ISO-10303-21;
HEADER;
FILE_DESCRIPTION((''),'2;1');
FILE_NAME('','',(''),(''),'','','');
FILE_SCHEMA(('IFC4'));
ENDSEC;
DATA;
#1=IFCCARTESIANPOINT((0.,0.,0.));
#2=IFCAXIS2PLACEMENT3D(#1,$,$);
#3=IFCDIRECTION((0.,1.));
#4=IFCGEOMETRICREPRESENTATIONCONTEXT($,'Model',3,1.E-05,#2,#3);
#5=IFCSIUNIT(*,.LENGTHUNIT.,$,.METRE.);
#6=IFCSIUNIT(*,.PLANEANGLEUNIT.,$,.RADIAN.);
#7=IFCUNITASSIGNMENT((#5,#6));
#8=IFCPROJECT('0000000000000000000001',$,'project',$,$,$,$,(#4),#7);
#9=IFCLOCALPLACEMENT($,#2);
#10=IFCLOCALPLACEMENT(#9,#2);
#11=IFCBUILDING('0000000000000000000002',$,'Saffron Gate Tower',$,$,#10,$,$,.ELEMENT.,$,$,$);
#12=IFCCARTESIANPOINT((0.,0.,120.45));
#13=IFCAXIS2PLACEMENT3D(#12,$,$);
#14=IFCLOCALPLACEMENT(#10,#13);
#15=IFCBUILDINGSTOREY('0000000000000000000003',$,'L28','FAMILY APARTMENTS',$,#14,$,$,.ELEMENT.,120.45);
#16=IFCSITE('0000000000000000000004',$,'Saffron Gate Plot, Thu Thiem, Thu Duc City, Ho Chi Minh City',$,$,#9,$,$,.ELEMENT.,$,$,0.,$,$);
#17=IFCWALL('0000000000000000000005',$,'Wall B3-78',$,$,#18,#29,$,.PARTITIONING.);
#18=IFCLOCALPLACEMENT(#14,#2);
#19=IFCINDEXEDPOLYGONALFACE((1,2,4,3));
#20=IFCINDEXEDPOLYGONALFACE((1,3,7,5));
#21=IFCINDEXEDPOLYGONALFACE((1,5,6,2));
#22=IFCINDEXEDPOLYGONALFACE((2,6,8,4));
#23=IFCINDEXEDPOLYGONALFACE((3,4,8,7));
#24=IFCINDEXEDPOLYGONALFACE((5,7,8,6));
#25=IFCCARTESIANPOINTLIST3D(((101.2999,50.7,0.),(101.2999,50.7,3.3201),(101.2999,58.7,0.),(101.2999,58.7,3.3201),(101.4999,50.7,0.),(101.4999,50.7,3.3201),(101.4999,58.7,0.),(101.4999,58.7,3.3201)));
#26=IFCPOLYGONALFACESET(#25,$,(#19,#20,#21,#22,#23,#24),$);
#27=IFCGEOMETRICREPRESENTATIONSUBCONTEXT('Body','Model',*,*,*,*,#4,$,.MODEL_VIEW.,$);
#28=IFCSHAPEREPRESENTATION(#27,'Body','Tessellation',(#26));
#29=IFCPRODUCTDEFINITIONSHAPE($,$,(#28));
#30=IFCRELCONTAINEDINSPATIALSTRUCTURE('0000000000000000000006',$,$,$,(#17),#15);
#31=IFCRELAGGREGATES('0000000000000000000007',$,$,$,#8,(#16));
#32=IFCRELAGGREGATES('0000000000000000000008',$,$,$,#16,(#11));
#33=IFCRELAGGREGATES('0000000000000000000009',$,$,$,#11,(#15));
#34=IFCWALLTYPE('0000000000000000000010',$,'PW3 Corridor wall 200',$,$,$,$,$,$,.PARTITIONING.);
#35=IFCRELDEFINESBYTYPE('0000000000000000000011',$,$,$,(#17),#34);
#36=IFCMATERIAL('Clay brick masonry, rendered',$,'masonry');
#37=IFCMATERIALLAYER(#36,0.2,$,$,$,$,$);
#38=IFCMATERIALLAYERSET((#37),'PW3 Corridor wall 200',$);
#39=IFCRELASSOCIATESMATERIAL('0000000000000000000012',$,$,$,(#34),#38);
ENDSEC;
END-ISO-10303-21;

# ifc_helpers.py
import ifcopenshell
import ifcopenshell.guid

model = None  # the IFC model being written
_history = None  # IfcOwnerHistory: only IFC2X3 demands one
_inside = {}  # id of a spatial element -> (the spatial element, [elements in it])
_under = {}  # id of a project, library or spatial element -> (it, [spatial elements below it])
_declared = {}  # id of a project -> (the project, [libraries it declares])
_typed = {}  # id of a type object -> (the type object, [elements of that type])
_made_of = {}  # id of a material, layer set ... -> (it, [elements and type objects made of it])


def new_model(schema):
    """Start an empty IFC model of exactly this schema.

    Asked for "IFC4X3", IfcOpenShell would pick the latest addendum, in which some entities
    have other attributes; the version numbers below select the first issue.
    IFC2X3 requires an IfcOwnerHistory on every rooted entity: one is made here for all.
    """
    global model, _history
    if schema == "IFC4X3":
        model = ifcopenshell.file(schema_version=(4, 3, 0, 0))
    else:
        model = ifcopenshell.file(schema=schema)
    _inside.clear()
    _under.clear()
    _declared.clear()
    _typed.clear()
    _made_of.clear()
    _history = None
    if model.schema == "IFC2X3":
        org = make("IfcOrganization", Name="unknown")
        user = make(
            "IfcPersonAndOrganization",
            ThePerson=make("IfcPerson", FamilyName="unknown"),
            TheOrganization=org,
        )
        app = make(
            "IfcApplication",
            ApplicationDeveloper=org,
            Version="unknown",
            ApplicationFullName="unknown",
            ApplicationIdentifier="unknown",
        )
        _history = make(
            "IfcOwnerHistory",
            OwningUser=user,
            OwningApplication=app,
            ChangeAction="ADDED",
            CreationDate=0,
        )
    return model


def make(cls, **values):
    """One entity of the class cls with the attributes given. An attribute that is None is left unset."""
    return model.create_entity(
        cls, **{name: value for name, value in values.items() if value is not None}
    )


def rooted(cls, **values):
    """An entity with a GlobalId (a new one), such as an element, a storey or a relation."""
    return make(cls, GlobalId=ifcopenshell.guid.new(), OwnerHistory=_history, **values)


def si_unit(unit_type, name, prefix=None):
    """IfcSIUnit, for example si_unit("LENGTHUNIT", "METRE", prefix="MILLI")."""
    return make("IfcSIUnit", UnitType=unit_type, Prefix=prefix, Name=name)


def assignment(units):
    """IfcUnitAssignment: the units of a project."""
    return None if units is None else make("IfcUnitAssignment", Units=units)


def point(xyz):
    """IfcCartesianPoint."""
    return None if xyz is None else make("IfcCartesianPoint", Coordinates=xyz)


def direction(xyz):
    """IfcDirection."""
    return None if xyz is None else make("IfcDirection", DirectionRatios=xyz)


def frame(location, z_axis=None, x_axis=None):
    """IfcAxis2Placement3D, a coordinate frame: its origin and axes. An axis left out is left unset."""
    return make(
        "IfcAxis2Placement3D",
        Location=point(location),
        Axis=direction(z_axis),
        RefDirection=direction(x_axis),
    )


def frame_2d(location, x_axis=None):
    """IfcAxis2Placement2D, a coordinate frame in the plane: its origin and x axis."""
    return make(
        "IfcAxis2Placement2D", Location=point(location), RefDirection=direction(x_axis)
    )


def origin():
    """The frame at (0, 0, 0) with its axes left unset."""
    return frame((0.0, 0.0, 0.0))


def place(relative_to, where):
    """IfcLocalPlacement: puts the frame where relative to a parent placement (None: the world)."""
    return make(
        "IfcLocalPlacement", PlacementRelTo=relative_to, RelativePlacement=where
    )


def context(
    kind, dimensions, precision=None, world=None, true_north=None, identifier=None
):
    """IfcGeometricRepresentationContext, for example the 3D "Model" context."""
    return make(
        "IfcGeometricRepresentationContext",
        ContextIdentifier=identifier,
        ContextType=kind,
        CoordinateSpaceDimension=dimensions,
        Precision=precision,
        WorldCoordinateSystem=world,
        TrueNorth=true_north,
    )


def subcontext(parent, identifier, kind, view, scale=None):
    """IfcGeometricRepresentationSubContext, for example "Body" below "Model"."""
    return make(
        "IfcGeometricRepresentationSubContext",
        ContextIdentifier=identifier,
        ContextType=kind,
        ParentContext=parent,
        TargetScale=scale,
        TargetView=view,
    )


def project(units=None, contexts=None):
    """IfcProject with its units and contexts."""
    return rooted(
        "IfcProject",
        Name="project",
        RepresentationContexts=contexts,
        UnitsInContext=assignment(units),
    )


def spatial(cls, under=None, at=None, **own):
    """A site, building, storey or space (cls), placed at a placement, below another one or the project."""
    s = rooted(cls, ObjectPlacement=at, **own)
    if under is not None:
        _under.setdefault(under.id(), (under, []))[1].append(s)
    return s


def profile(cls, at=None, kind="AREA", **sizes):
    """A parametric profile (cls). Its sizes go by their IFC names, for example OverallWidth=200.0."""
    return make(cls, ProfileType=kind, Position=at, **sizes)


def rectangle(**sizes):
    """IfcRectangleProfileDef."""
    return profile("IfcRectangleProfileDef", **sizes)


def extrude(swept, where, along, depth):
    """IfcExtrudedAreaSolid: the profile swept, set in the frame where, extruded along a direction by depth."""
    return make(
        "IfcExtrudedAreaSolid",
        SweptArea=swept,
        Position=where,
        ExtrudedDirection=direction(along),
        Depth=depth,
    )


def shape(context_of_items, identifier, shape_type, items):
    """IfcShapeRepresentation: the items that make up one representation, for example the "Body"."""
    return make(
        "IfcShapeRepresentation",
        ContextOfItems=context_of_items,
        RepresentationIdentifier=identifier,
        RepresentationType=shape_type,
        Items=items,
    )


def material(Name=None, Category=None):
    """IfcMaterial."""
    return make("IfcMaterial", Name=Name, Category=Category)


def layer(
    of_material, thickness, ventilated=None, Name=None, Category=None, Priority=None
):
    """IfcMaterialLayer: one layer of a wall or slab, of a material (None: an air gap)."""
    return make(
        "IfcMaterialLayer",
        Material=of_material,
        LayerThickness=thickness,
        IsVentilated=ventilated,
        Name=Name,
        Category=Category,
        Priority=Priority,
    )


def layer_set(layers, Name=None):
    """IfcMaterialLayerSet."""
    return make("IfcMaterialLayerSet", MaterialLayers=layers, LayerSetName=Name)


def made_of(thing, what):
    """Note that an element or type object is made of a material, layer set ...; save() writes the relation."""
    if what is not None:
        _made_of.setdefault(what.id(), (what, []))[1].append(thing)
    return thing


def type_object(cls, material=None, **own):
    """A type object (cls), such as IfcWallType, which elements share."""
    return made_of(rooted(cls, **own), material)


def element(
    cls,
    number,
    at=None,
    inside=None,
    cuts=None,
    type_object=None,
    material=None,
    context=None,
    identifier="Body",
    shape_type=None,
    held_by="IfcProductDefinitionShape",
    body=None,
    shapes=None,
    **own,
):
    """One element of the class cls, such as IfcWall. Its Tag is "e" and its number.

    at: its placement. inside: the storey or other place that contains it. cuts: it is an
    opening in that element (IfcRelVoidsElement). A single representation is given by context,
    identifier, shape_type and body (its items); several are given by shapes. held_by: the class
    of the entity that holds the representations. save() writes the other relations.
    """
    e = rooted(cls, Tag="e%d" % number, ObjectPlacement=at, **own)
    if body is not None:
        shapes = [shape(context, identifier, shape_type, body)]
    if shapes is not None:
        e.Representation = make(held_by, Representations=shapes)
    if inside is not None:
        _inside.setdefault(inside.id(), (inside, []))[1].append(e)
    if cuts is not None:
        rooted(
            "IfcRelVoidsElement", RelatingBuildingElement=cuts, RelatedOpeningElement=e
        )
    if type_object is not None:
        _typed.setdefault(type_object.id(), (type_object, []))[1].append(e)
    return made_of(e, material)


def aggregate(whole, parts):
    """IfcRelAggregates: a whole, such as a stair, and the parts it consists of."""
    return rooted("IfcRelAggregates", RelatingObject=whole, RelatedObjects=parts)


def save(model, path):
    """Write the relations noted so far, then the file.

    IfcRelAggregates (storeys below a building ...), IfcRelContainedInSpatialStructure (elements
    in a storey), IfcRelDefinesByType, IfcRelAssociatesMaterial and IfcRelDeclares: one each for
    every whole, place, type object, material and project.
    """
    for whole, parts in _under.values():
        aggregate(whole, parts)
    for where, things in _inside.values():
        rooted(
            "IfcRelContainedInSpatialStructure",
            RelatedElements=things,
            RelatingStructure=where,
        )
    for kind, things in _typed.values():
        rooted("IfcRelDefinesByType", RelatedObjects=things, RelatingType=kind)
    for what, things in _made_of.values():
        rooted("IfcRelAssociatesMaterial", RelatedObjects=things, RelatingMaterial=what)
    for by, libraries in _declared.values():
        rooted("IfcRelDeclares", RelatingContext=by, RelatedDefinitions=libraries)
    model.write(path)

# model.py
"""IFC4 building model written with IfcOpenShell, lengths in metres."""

from ifc_helpers import new_model, si_unit, direction, frame, frame_2d, origin, place, context, subcontext, project, spatial, rectangle, extrude, material, layer, layer_set, type_object, element, save


model = new_model("IFC4")

# Units and contexts
model_context = context("Model", 3, precision=1e-05, world=origin(), true_north=direction((0.0, 1.0)))
body_context = subcontext(model_context, "Body", "Model", "MODEL_VIEW")
ifc_project = project(units=[si_unit("LENGTHUNIT", "METRE"), si_unit("PLANEANGLEUNIT", "RADIAN")], contexts=[model_context])

# Site, building, storey
site_placement = place(None, origin())
site = spatial("IfcSite", under=ifc_project, at=site_placement, Name="Saffron Gate Plot, Thu Thiem, Thu Duc City, Ho Chi Minh City", CompositionType="ELEMENT", RefElevation=0.0)
building_placement = place(site_placement, origin())
building = spatial("IfcBuilding", under=site, at=building_placement, Name="Saffron Gate Tower", CompositionType="ELEMENT")
storey_placement = place(building_placement, frame((0.0, 0.0, 120.45)))
storey = spatial("IfcBuildingStorey", under=building, at=storey_placement, Name="L28", Description="FAMILY APARTMENTS", CompositionType="ELEMENT", Elevation=120.45)

# Wall
ifc_material_1 = material(Name="Clay brick masonry, rendered", Category="masonry")
ifc_layer_1 = layer(ifc_material_1, 0.2)
ifc_layer_set_1 = layer_set([ifc_layer_1], Name="PW3 Corridor wall 200")
wall_type_1 = type_object("IfcWallType", Name="PW3 Corridor wall 200", PredefinedType="PARTITIONING", material=ifc_layer_set_1)
wall_1_placement = place(storey_placement, frame((101.3999, 58.7, 0.0), z_axis=(0.0, 0.0, 1.0), x_axis=(0.0, -1.0, 0.0)))
element("IfcWall", 1, at=wall_1_placement, inside=storey, type_object=wall_type_1, Name="Wall B3-78", PredefinedType="PARTITIONING", context=body_context, shape_type="SweptSolid", body=[
    extrude(rectangle(XDim=8.0, YDim=0.2, at=frame_2d((4.0, 0.0))), origin(), (0.0, 0.0, 1.0), 3.3201),
])

save(model, "model.ifc")
